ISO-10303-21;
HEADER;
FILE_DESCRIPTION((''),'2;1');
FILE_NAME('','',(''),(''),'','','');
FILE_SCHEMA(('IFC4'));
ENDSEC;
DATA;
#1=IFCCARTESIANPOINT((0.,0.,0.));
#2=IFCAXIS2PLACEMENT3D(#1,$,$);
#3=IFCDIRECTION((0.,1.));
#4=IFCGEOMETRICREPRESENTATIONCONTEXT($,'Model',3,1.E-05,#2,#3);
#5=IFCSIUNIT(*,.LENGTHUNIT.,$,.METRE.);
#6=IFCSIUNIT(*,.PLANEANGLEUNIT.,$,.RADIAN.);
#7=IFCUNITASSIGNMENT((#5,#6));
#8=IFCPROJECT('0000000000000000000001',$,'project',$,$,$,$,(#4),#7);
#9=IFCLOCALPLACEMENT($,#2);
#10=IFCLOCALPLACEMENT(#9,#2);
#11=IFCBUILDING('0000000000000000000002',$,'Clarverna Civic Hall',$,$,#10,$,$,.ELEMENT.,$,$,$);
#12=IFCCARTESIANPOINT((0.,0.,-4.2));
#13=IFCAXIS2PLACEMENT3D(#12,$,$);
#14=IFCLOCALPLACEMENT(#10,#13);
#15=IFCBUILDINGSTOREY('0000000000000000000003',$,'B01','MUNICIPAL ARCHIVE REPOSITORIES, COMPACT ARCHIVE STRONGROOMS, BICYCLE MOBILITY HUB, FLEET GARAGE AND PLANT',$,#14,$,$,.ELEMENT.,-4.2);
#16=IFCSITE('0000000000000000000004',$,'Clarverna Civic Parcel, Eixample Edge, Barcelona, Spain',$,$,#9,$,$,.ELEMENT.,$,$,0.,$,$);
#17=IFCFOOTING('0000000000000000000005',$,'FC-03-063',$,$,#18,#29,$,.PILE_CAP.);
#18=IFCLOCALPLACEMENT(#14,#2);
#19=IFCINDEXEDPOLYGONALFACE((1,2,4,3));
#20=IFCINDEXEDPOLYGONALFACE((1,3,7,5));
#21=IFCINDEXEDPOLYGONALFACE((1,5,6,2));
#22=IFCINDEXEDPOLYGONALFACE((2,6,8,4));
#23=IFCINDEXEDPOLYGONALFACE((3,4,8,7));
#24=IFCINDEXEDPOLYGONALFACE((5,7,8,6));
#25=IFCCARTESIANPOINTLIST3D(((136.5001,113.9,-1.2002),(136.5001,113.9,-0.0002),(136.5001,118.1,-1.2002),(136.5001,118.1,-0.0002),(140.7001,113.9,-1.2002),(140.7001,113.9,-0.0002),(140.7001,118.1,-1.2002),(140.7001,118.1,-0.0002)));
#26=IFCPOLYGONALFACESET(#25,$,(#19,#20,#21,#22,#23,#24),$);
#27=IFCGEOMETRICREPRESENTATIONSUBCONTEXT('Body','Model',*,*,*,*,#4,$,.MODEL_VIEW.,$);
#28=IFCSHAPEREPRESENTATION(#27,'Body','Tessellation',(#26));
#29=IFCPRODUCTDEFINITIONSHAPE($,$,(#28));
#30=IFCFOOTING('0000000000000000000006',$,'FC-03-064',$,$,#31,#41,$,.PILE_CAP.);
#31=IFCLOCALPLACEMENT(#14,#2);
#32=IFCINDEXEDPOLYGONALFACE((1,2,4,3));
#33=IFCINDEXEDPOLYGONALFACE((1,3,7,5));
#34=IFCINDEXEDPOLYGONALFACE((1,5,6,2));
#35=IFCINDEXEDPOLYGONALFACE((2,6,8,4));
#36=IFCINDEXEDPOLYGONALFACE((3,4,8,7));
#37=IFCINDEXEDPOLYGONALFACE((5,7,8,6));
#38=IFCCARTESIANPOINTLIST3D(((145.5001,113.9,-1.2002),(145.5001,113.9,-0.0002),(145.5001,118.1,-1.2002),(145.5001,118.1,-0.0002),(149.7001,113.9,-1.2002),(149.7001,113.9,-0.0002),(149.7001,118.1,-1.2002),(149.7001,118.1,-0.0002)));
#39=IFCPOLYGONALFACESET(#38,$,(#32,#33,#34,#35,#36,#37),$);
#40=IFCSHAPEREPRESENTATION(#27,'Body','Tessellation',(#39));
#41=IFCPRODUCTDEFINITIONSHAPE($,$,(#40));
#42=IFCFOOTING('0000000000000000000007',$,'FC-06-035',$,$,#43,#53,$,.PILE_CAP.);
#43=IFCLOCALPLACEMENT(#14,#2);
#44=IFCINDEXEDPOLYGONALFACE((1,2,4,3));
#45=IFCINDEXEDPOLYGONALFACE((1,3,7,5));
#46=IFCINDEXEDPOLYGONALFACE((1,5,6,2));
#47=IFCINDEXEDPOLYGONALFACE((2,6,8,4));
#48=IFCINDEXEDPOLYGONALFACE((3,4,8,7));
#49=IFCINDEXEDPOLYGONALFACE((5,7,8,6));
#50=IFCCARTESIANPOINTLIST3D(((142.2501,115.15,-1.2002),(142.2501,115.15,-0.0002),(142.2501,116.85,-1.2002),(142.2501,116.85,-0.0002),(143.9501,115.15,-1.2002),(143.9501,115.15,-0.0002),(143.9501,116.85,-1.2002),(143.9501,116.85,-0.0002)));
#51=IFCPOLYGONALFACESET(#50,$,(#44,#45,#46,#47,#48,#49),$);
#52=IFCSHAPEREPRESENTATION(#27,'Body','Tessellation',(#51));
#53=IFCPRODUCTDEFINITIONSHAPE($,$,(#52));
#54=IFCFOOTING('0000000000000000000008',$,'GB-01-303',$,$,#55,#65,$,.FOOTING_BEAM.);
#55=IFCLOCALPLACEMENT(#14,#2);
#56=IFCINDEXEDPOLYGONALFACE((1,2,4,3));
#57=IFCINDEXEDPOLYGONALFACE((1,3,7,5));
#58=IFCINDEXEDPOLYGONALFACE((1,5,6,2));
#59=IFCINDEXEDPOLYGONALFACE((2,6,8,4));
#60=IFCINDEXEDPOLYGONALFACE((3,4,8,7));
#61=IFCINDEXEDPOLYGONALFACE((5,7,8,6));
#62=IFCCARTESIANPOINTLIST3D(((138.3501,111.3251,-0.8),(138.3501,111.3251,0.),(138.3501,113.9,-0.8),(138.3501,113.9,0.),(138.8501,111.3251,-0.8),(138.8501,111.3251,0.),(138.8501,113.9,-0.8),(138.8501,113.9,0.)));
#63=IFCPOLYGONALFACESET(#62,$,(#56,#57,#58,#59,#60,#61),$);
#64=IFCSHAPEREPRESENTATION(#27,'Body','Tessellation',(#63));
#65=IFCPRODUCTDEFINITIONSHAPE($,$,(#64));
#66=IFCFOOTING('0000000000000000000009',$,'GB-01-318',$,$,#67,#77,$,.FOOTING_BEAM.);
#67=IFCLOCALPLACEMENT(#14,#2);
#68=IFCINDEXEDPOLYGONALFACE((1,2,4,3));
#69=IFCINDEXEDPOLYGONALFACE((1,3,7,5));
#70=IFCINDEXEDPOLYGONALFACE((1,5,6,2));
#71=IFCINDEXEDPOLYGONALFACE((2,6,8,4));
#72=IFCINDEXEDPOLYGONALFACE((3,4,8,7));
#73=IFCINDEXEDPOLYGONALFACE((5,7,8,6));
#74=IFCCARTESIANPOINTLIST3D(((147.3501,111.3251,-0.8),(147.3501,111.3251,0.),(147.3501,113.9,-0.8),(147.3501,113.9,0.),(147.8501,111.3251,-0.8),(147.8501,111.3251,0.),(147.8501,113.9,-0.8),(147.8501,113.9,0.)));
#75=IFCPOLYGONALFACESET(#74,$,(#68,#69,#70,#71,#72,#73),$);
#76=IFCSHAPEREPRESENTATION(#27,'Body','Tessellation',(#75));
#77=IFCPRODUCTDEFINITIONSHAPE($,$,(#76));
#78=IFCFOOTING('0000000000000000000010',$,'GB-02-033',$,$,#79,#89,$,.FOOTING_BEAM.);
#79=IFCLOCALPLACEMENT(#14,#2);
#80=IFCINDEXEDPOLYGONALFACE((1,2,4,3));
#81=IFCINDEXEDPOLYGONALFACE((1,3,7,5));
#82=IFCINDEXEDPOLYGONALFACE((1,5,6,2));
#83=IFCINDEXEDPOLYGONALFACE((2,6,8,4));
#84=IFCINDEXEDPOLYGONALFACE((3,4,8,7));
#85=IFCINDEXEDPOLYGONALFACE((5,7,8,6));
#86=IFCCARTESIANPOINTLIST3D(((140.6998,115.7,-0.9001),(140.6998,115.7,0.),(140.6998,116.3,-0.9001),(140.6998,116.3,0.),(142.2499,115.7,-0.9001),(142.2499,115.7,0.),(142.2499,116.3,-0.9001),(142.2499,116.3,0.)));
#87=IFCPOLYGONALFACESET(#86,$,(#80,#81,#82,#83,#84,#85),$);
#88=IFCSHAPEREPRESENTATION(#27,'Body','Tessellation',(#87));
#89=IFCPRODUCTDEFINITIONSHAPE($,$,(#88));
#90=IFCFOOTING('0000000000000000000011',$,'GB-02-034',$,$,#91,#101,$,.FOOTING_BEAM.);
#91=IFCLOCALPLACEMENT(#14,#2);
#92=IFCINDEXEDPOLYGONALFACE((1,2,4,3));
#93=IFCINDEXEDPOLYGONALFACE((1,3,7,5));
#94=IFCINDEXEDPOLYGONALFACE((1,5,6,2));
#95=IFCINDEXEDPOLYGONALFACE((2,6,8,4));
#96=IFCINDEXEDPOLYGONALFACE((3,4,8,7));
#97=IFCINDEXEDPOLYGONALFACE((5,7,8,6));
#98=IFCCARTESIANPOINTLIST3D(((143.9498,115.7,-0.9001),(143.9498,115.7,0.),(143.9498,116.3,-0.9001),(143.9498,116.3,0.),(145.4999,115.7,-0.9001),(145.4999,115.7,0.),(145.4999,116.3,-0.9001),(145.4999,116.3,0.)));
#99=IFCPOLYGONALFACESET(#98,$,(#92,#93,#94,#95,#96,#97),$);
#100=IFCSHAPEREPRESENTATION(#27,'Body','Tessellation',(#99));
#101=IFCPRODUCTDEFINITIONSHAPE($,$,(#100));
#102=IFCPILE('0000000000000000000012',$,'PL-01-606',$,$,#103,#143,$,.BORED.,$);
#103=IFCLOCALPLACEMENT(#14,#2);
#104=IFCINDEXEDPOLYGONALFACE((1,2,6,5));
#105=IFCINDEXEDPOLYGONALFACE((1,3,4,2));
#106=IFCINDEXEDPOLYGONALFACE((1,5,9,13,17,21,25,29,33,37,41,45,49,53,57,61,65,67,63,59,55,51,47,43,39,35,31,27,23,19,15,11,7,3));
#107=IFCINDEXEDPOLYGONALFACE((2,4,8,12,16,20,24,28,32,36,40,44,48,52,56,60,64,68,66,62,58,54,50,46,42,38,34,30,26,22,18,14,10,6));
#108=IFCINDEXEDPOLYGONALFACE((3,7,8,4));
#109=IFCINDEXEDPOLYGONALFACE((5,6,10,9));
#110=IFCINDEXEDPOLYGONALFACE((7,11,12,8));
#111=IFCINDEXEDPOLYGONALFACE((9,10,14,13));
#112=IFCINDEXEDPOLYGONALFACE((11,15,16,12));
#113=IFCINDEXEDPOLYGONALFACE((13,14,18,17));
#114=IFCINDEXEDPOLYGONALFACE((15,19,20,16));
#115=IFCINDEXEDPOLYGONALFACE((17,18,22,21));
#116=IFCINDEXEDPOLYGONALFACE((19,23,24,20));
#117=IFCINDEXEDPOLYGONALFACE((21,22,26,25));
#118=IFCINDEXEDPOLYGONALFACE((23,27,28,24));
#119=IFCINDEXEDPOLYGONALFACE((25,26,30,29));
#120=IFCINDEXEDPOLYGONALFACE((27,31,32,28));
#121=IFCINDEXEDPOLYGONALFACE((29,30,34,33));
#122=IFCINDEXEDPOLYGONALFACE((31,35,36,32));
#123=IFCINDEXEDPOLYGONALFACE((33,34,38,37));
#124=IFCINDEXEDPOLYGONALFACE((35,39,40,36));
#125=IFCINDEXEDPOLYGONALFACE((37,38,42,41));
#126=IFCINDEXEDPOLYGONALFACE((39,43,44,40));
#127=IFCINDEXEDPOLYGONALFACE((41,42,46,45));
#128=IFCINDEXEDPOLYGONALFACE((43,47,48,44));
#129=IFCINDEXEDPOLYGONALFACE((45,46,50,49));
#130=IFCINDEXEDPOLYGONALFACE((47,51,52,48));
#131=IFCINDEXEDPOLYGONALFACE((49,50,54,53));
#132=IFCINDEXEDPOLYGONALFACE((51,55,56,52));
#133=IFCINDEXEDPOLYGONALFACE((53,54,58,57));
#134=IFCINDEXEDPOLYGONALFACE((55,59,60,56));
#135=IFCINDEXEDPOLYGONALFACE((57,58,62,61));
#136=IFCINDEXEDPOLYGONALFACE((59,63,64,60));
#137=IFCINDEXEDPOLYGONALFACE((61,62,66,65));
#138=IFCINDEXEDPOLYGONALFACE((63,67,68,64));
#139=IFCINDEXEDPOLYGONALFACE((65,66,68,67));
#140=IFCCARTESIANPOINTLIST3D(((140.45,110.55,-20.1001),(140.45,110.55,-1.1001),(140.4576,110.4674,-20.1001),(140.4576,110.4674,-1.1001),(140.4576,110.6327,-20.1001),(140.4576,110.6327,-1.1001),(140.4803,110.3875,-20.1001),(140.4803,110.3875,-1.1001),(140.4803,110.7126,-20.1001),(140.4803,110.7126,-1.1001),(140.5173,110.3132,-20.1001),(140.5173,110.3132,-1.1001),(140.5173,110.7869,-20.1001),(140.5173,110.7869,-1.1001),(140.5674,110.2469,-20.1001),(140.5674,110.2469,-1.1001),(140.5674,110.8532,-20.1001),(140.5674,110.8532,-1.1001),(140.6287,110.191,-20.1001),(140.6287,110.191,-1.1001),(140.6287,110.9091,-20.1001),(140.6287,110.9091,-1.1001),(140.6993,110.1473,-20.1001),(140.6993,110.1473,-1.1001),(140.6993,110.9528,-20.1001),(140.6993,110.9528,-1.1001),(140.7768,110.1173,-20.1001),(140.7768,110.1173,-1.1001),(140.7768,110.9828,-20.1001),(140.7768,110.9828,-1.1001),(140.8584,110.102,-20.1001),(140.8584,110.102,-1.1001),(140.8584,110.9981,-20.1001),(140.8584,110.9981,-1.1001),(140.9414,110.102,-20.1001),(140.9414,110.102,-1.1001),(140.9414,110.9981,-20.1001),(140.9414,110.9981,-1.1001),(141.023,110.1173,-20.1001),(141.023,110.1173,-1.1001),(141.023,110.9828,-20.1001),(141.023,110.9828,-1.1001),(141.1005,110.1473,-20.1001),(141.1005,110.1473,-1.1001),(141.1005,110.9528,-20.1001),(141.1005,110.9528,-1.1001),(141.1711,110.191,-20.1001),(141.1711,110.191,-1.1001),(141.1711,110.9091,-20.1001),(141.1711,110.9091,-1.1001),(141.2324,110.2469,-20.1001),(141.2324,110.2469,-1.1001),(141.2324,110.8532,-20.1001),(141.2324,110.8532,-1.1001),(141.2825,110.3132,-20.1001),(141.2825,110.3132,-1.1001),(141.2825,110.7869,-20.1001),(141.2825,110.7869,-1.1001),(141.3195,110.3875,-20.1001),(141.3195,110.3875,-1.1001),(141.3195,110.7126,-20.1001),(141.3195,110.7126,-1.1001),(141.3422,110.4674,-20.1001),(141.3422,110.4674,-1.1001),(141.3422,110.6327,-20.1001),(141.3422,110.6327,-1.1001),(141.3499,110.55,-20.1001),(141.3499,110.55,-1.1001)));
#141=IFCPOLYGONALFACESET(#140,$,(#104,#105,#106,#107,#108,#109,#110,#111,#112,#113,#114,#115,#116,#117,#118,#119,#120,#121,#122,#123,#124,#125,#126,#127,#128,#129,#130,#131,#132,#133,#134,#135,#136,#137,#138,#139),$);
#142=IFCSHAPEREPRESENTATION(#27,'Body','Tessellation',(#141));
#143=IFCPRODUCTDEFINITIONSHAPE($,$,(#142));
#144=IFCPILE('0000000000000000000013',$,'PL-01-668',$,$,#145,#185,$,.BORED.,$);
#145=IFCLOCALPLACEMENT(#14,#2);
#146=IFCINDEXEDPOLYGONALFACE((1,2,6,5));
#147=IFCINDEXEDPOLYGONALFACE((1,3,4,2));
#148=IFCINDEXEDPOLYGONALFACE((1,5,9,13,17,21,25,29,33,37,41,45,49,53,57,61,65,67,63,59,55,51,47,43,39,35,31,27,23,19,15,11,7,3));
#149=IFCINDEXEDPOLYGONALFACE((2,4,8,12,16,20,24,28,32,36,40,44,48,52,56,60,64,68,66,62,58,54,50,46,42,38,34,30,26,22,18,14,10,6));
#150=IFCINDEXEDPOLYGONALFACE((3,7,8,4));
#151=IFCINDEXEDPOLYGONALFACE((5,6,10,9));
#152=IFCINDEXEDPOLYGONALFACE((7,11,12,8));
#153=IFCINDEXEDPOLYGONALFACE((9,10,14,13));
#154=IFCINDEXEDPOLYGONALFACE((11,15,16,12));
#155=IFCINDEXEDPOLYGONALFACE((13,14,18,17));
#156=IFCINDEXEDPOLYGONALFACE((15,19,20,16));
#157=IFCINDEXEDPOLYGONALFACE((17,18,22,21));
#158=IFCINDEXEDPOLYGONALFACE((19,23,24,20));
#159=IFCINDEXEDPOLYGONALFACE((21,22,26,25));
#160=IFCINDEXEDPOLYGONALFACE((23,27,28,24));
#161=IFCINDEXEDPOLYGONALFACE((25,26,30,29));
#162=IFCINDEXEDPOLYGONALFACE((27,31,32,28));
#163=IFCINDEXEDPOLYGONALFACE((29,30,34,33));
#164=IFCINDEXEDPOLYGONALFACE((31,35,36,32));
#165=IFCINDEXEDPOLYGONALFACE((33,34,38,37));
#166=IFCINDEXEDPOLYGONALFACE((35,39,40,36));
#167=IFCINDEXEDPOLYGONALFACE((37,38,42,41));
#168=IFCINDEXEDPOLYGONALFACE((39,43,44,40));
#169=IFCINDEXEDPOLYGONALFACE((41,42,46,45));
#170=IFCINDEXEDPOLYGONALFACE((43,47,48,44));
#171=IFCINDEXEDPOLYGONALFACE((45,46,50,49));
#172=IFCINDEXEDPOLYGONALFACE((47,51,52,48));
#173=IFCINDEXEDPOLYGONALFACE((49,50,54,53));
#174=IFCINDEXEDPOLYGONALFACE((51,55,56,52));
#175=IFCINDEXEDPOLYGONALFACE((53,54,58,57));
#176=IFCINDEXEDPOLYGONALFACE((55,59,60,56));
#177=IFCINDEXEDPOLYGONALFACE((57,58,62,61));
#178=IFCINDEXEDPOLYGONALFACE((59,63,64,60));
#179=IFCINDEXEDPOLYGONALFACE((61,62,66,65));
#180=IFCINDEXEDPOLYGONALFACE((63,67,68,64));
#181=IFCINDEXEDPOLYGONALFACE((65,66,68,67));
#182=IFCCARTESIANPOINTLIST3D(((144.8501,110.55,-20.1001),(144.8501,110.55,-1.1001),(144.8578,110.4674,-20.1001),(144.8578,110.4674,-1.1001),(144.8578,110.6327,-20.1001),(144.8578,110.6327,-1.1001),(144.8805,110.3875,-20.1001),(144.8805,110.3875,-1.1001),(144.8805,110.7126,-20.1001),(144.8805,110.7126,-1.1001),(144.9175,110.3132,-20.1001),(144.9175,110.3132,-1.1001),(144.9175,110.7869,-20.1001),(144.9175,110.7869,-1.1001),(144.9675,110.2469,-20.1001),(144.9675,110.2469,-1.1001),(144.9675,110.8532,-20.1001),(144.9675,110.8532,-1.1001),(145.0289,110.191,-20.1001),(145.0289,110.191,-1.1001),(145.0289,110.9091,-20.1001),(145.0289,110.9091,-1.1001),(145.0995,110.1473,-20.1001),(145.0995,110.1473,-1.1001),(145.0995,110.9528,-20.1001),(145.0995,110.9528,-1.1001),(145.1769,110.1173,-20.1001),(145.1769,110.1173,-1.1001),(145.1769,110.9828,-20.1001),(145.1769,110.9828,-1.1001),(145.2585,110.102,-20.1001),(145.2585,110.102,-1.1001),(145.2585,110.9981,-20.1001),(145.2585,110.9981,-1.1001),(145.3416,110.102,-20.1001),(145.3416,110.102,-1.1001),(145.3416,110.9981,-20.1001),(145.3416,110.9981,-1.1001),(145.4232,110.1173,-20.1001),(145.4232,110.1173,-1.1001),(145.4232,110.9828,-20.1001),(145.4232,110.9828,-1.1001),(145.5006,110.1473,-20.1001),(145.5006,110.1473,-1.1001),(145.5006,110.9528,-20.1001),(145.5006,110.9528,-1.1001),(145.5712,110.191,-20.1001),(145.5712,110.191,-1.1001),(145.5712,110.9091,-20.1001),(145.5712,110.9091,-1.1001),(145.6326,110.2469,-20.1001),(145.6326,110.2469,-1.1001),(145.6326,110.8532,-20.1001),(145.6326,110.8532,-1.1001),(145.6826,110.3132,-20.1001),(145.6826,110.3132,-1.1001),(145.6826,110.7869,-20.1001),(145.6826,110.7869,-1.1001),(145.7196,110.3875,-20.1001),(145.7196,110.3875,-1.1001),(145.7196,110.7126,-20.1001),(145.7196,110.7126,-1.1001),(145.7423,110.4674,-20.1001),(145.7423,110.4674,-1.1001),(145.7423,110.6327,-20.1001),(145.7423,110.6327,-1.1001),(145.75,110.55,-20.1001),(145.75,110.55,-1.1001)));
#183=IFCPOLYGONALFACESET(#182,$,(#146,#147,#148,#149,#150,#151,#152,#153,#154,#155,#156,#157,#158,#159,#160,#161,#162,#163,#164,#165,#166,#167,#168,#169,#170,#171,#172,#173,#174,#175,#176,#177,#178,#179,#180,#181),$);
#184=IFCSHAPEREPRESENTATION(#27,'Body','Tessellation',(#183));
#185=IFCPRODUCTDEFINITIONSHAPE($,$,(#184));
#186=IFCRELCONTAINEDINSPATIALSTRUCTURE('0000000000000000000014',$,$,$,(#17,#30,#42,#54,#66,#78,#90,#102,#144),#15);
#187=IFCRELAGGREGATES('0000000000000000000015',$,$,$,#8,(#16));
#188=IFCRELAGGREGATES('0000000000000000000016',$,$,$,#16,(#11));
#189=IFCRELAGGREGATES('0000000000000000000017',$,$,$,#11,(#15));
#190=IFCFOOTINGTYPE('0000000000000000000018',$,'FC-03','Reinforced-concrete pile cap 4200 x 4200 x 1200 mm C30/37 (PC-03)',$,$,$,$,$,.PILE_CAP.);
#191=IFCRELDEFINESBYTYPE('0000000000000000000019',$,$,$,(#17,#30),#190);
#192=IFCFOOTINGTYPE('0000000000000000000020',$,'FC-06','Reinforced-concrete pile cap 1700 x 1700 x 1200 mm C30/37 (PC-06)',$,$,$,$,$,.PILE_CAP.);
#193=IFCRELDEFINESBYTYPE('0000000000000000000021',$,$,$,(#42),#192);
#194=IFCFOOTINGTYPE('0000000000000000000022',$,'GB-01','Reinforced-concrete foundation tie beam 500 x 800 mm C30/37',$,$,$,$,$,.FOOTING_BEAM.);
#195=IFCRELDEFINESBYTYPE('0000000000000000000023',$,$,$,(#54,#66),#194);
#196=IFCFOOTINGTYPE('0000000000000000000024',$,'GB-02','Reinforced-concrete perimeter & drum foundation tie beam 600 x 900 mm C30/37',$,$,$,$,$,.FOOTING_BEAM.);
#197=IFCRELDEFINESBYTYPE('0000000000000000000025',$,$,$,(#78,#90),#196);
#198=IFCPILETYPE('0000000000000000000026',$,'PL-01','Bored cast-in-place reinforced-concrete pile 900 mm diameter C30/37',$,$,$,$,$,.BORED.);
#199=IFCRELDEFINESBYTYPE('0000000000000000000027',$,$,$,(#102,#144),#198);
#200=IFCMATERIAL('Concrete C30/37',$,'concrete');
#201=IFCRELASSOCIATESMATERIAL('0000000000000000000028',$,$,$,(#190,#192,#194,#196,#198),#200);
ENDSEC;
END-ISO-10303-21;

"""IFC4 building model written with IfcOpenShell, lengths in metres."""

from ifc_helpers import new_model, si_unit, direction, frame, frame_2d, origin, origin_2d, place, context, subcontext, project, spatial, rectangle, circle, extrude, material, material_profile, profile_set, type_object, element, save


model = new_model("IFC4")

# Units and contexts
model_context = context("Model", 3, precision=1e-05, world=origin(), true_north=direction((0.0, 1.0)))
body_context = subcontext(model_context, "Body", "Model", "MODEL_VIEW")
ifc_project = project(units=[si_unit("LENGTHUNIT", "METRE"), si_unit("PLANEANGLEUNIT", "RADIAN")], contexts=[model_context])

# Site, building, storey
site_placement = place(None, origin())
site = spatial("IfcSite", under=ifc_project, at=site_placement, Name="Clarverna Civic Parcel, Eixample Edge, Barcelona, Spain", CompositionType="ELEMENT", RefElevation=0.0)
building_placement = place(site_placement, origin())
building = spatial("IfcBuilding", under=site, at=building_placement, Name="Clarverna Civic Hall", CompositionType="ELEMENT")
storey_placement = place(building_placement, frame((0.0, 0.0, -4.2)))
storey = spatial("IfcBuildingStorey", under=building, at=storey_placement, Name="B01", Description="MUNICIPAL ARCHIVE REPOSITORIES, COMPACT ARCHIVE STRONGROOMS, BICYCLE MOBILITY HUB, FLEET GARAGE AND PLANT", CompositionType="ELEMENT", Elevation=-4.2)

# Footings
ifc_material_1 = material(Name="Concrete C30/37", Category="concrete")
footing_type_1 = type_object("IfcFootingType", Name="FC-03", Description="Reinforced-concrete pile cap 4200 x 4200 x 1200 mm C30/37 (PC-03)", PredefinedType="PILE_CAP", material=ifc_material_1)
for number, where, z_axis, x_axis, name in (
    (1, (138.6001, 116.0, -1.2002), (0.0, 0.0, 1.0), (1.0, 0.0, 0.0), "FC-03-063"),
    (2, (147.6001, 116.0, -1.2002), (0.0, 0.0, 1.0), (1.0, 0.0, 0.0), "FC-03-064"),
):
    element("IfcFooting", number, at=place(storey_placement, frame(where, z_axis=z_axis, x_axis=x_axis)), inside=storey, type_object=footing_type_1, Name=name, PredefinedType="PILE_CAP", context=body_context, shape_type="SweptSolid", body=[
        extrude(rectangle(XDim=4.2, YDim=4.2, at=origin_2d()), origin(), (0.0, 0.0, 1.0), 1.2),
    ])
footing_type_2 = type_object("IfcFootingType", Name="FC-06", Description="Reinforced-concrete pile cap 1700 x 1700 x 1200 mm C30/37 (PC-06)", PredefinedType="PILE_CAP", material=ifc_material_1)
footing_placement = place(storey_placement, frame((143.1001, 116.0, -1.2002), z_axis=(0.0, 0.0, 1.0), x_axis=(1.0, 0.0, 0.0)))
element("IfcFooting", 3, at=footing_placement, inside=storey, type_object=footing_type_2, Name="FC-06-035", PredefinedType="PILE_CAP", context=body_context, shape_type="SweptSolid", body=[
    extrude(rectangle(XDim=1.7, YDim=1.7, at=origin_2d()), origin(), (0.0, 0.0, 1.0), 1.2),
])
footing_type_3 = type_object("IfcFootingType", Name="GB-01", Description="Reinforced-concrete foundation tie beam 500 x 800 mm C30/37", PredefinedType="FOOTING_BEAM", material=ifc_material_1)
for number, where, z_axis, x_axis, name in (
    (4, (138.6001, 111.325, -0.8), (0.0, 0.0, 1.0), (0.0, 1.0, 0.0), "GB-01-303"),
    (5, (147.6001, 111.325, -0.8), (0.0, 0.0, 1.0), (0.0, 1.0, 0.0), "GB-01-318"),
):
    element("IfcFooting", number, at=place(storey_placement, frame(where, z_axis=z_axis, x_axis=x_axis)), inside=storey, type_object=footing_type_3, Name=name, PredefinedType="FOOTING_BEAM", context=body_context, shape_type="SweptSolid", body=[
        extrude(rectangle(XDim=2.575, YDim=0.5, at=frame_2d((1.2876, 0.0))), origin(), (0.0, 0.0, 1.0), 0.8),
    ])
footing_type_4 = type_object("IfcFootingType", Name="GB-02", Description="Reinforced-concrete perimeter & drum foundation tie beam 600 x 900 mm C30/37", PredefinedType="FOOTING_BEAM", material=ifc_material_1)
for number, where, z_axis, x_axis, name in (
    (6, (140.7, 116.0, -0.9001), (0.0, 0.0, 1.0), (1.0, 0.0, 0.0), "GB-02-033"),
    (7, (143.95, 116.0, -0.9001), (0.0, 0.0, 1.0), (1.0, 0.0, 0.0), "GB-02-034"),
):
    element("IfcFooting", number, at=place(storey_placement, frame(where, z_axis=z_axis, x_axis=x_axis)), inside=storey, type_object=footing_type_4, Name=name, PredefinedType="FOOTING_BEAM", context=body_context, shape_type="SweptSolid", body=[
        extrude(rectangle(XDim=1.55, YDim=0.6001, at=frame_2d((0.7749, 0.0))), origin(), (0.0, 0.0, 1.0), 0.9001),
    ])

# Piles
ifc_material_profile_1 = material_profile(ifc_material_1, circle(Radius=0.45, at=origin_2d()), Name="BORED PILE D900")
ifc_profile_set_1 = profile_set([ifc_material_profile_1], Name="Concrete C30/37")
pile_type_1 = type_object("IfcPileType", Name="PL-01", Description="Bored cast-in-place reinforced-concrete pile 900 mm diameter C30/37", PredefinedType="BORED", material=ifc_profile_set_1)
for number, where, z_axis, x_axis, name in (
    (8, (140.8999, 110.55, -1.1001), (0.0, 0.0, -1.0), (1.0, 0.0, 0.0), "PL-01-606"),
    (9, (145.3, 110.55, -1.1001), (0.0, 0.0, -1.0), (1.0, 0.0, 0.0), "PL-01-668"),
):
    element("IfcPile", number, at=place(storey_placement, frame(where, z_axis=z_axis, x_axis=x_axis)), inside=storey, type_object=pile_type_1, Name=name, PredefinedType="BORED", context=body_context, shape_type="SweptSolid", body=[
        extrude(circle(Radius=0.45, at=origin_2d()), origin(), (0.0, 0.0, 1.0), 19.0),
    ])

save(model, "model.ifc")
